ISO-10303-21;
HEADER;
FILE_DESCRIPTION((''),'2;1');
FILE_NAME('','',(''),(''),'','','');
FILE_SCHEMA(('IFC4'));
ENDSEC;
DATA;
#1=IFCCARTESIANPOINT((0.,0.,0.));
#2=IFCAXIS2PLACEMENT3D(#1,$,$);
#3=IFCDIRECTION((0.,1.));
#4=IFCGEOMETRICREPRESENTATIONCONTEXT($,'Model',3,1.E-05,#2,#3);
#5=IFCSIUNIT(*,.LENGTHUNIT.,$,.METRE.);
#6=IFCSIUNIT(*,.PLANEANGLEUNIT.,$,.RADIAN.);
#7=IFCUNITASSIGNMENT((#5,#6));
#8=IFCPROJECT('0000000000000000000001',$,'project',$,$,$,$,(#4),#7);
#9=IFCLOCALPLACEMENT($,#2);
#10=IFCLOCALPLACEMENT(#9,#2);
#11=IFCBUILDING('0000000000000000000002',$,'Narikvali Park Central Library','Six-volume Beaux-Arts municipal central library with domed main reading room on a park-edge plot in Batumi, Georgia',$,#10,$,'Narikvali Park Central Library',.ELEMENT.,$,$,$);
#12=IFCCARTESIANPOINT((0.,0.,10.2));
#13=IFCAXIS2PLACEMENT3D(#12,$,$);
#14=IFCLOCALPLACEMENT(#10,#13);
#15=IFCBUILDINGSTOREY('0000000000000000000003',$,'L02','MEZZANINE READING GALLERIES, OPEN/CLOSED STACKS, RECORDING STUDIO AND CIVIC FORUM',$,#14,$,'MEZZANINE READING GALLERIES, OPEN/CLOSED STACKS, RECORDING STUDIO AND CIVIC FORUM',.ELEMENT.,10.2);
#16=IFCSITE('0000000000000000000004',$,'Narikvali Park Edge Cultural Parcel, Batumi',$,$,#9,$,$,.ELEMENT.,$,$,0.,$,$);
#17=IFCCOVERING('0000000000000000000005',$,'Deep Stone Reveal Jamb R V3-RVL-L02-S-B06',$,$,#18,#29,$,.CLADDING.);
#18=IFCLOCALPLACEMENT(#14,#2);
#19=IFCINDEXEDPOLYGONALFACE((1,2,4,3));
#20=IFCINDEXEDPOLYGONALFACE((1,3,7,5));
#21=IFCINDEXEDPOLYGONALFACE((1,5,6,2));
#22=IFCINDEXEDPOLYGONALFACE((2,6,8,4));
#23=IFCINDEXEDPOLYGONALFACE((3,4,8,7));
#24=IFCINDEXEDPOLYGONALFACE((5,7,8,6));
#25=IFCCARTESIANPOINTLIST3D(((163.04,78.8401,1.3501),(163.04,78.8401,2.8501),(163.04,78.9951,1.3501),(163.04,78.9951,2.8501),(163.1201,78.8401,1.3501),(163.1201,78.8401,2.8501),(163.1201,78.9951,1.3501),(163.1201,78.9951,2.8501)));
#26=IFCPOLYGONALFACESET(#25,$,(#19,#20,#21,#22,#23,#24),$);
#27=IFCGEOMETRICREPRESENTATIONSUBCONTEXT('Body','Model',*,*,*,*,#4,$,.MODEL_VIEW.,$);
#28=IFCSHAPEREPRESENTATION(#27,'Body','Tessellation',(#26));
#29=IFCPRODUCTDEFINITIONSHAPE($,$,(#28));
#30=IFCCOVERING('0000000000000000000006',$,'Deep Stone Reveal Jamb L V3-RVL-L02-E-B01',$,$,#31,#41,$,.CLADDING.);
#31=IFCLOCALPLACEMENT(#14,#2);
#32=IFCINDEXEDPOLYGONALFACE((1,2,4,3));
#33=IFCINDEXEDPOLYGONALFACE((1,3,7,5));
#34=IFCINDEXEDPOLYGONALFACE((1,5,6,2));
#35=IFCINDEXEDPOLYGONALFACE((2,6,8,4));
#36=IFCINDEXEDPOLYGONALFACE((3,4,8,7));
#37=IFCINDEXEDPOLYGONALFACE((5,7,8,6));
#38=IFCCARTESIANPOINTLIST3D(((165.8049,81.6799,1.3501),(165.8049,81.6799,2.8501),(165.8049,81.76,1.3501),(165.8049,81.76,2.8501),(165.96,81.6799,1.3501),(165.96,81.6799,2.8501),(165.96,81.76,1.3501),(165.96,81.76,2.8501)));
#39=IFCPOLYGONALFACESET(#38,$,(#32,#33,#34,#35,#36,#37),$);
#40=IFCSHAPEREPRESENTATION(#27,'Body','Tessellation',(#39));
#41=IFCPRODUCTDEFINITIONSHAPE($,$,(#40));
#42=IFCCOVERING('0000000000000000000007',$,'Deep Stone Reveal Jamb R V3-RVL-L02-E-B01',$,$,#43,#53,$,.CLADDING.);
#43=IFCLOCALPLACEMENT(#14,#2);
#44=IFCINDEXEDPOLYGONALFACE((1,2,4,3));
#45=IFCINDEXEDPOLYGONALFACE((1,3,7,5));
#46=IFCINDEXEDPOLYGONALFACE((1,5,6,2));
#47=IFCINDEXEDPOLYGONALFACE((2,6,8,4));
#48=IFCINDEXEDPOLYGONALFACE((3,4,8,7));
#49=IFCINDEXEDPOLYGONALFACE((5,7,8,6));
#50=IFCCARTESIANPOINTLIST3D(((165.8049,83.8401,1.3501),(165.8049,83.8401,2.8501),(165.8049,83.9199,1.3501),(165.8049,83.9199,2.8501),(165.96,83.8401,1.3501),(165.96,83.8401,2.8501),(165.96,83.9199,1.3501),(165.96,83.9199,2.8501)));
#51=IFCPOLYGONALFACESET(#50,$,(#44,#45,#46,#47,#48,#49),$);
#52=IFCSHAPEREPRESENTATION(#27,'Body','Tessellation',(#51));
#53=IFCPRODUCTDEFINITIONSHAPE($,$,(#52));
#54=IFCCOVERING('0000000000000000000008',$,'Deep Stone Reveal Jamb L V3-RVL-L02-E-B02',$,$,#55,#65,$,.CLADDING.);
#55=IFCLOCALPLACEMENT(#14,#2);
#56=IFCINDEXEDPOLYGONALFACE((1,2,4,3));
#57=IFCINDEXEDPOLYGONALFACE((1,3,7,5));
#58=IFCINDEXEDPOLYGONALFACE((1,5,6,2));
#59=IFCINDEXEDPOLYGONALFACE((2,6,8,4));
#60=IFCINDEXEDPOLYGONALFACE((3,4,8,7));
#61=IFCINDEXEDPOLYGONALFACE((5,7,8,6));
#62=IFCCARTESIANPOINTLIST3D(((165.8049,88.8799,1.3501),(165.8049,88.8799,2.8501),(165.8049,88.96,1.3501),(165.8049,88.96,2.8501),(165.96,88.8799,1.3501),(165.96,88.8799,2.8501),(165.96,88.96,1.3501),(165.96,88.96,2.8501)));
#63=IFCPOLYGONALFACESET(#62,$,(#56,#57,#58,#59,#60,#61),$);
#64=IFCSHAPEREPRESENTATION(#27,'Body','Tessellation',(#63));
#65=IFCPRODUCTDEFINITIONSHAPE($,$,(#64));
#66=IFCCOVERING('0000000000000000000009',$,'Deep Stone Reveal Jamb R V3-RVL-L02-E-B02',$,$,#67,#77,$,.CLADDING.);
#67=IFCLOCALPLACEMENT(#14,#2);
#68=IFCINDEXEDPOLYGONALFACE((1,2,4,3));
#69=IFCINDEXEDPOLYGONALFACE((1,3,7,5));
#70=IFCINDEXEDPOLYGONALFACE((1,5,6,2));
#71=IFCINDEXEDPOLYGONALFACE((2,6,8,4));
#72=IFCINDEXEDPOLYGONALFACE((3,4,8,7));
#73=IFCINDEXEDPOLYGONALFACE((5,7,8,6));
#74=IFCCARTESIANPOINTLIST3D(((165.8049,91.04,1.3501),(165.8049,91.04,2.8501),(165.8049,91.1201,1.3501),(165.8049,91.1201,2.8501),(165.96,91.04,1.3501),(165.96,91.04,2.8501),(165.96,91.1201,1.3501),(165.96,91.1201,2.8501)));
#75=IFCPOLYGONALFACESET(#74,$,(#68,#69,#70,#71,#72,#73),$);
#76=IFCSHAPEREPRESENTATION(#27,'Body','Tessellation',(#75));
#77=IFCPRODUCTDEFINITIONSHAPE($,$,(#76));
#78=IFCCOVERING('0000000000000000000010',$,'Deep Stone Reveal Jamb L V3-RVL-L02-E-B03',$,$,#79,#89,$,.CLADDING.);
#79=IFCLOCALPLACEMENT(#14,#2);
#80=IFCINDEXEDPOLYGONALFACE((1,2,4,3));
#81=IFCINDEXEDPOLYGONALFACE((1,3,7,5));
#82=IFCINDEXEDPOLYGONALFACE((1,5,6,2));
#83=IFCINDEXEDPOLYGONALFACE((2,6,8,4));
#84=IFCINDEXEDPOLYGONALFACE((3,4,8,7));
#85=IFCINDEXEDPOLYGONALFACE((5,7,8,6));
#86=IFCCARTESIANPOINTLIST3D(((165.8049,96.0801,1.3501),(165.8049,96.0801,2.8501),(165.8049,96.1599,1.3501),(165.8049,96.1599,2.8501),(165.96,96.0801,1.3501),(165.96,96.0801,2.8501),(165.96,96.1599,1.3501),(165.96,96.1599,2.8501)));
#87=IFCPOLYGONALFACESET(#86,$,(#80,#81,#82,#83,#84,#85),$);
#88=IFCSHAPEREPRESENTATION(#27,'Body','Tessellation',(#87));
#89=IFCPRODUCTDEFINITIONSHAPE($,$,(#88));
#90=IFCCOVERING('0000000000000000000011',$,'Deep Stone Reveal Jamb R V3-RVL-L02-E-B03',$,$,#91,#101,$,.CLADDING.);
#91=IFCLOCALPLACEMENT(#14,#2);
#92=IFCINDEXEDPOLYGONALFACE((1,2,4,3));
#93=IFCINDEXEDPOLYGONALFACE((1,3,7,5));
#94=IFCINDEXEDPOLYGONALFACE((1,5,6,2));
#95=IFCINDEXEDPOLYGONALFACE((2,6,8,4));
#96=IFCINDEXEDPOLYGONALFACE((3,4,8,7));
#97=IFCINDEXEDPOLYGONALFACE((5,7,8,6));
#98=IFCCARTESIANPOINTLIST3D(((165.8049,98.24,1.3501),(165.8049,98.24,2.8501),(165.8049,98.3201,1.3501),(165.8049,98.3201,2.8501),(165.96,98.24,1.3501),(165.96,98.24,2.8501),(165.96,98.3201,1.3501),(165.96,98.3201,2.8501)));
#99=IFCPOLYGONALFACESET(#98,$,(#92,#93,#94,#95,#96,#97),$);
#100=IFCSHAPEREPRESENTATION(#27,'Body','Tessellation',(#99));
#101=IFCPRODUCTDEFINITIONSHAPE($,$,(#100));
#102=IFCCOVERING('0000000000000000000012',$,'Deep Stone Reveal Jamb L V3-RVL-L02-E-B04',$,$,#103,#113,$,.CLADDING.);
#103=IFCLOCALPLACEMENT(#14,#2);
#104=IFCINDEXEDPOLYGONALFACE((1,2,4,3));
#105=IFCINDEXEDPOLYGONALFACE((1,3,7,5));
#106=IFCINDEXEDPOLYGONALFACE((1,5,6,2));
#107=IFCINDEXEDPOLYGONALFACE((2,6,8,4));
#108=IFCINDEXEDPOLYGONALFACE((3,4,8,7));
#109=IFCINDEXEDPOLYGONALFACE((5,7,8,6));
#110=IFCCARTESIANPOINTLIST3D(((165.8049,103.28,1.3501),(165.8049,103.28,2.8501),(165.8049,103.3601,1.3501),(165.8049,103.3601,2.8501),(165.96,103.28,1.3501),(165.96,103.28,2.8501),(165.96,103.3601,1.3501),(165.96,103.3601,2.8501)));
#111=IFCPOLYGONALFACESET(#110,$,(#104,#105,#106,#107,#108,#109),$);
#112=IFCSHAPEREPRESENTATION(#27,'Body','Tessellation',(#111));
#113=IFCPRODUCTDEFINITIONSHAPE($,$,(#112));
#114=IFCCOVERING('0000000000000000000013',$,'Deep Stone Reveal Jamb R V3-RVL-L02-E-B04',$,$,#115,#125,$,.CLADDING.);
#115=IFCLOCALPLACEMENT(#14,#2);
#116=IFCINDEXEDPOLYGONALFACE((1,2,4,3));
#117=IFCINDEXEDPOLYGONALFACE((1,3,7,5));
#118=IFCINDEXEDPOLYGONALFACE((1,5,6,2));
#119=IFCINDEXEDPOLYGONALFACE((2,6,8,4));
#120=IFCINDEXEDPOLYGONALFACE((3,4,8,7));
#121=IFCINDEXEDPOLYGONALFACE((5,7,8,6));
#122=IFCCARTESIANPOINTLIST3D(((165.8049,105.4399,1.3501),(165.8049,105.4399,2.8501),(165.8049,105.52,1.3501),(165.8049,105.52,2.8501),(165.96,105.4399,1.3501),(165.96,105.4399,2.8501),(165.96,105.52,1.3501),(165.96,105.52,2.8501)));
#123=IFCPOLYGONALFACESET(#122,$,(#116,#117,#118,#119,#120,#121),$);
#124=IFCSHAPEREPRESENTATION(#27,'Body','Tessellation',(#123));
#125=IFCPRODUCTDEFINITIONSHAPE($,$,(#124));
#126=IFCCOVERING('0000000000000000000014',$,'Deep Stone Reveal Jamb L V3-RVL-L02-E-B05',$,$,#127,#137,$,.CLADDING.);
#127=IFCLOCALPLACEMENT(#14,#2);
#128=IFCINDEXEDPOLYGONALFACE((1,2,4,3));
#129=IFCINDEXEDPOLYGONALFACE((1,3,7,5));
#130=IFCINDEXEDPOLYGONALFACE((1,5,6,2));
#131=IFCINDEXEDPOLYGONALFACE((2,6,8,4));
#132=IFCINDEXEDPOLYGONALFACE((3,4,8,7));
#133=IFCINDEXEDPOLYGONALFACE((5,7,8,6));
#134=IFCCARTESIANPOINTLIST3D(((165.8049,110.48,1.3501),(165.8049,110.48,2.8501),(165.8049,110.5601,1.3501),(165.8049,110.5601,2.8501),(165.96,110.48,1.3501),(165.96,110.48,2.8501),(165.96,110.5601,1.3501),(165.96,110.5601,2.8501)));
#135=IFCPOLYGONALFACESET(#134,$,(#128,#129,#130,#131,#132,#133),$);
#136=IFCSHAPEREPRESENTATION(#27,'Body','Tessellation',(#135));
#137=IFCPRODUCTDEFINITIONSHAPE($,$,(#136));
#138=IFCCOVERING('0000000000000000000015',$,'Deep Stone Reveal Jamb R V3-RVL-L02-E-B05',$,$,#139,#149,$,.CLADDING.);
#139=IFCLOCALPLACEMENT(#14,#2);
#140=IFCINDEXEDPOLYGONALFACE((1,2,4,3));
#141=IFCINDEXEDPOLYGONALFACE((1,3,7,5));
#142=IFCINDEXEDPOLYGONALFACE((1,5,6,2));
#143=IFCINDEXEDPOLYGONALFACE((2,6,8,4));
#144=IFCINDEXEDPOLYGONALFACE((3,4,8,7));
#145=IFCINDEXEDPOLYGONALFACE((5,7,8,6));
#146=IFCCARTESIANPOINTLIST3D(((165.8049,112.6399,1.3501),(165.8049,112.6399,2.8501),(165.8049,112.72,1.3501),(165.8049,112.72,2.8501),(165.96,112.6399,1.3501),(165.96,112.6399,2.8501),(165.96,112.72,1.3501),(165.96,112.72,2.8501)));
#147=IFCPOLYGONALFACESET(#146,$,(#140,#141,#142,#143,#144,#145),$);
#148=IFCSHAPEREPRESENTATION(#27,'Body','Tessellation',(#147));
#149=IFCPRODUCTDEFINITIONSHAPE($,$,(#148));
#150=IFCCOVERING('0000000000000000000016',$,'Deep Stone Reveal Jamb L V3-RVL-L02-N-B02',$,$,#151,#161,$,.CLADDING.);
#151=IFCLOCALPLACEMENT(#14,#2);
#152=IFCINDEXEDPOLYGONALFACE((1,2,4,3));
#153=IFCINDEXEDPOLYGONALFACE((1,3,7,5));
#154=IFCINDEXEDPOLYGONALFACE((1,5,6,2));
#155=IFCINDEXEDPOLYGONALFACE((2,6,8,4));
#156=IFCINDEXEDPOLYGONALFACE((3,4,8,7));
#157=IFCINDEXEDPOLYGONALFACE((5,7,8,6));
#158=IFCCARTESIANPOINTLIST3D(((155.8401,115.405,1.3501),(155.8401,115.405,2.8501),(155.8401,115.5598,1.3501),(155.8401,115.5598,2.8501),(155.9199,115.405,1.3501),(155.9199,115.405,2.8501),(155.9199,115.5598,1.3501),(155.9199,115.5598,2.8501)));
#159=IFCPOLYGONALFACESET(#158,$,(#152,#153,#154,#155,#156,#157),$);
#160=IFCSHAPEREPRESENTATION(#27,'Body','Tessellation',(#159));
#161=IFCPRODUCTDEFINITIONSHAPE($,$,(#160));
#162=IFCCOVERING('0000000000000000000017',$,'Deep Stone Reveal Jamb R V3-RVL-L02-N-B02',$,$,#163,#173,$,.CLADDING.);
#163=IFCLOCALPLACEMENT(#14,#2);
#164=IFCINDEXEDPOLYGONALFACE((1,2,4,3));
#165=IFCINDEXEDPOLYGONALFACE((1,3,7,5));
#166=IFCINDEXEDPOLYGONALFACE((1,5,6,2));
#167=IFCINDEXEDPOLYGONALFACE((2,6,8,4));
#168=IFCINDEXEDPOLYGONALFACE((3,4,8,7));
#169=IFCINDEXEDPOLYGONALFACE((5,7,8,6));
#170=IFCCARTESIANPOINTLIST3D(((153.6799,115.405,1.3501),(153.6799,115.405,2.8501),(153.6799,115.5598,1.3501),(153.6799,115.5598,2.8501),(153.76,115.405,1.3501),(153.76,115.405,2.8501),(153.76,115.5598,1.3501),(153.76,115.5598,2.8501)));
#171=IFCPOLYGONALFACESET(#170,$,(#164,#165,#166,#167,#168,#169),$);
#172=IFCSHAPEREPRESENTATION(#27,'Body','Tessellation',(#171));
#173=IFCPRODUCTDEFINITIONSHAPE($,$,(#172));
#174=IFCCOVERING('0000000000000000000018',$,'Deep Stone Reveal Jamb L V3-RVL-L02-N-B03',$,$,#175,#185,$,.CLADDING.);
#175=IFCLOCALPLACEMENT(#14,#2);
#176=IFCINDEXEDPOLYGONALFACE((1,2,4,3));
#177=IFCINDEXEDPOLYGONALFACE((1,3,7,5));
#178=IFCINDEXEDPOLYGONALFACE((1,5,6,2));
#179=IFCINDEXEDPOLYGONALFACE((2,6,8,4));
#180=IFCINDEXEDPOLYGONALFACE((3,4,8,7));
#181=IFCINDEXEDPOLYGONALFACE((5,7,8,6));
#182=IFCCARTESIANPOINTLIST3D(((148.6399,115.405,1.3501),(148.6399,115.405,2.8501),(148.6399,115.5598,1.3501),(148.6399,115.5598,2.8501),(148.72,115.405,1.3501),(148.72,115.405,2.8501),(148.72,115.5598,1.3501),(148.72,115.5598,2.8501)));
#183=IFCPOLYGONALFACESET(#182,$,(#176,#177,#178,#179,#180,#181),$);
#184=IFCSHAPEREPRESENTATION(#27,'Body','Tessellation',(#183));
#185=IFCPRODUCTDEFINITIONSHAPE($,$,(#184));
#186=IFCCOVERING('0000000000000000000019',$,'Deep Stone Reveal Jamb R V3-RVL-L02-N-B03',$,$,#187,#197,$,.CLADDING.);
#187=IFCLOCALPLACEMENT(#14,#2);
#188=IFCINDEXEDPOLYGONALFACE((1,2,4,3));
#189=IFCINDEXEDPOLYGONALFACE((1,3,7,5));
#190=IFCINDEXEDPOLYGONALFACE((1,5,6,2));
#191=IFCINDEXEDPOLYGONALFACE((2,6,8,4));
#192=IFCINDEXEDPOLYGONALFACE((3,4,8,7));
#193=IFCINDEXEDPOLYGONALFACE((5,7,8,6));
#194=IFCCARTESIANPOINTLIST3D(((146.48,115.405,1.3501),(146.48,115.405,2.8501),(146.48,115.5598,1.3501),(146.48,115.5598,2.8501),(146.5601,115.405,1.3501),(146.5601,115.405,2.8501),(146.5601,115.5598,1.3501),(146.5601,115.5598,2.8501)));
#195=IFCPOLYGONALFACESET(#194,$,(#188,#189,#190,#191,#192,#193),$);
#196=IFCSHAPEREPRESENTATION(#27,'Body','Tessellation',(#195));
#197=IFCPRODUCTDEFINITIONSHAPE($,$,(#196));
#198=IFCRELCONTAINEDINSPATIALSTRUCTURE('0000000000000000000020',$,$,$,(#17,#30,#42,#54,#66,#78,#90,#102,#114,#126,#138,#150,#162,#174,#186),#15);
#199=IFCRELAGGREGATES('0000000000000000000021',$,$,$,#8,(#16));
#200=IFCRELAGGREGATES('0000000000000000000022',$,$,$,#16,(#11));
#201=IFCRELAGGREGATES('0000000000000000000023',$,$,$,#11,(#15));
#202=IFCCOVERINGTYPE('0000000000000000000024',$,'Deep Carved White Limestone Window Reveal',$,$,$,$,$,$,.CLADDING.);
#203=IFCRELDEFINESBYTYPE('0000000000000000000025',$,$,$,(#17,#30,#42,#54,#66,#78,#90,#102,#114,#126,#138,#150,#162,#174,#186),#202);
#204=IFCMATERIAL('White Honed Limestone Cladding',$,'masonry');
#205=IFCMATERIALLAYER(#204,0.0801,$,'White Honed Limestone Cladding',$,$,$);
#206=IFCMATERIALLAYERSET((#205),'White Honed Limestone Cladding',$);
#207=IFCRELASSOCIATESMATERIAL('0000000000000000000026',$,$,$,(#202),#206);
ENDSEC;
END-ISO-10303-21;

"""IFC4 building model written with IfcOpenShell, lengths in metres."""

from ifc_helpers import new_model, si_unit, direction, frame, origin, place, context, subcontext, project, spatial, polyline, outline, extrude, material, layer, layer_set, type_object, element, save


model = new_model("IFC4")

# Units and contexts
model_context = context("Model", 3, precision=1e-05, world=origin(), true_north=direction((0.0, 1.0)))
body_context = subcontext(model_context, "Body", "Model", "MODEL_VIEW")
ifc_project = project(units=[si_unit("LENGTHUNIT", "METRE"), si_unit("PLANEANGLEUNIT", "RADIAN")], contexts=[model_context])

# Site, building, storey
site_placement = place(None, origin())
site = spatial("IfcSite", under=ifc_project, at=site_placement, Name="Narikvali Park Edge Cultural Parcel, Batumi", CompositionType="ELEMENT", RefElevation=0.0)
building_placement = place(site_placement, origin())
building = spatial("IfcBuilding", under=site, at=building_placement, Name="Narikvali Park Central Library", Description="Six-volume Beaux-Arts municipal central library with domed main reading room on a park-edge plot in Batumi, Georgia", LongName="Narikvali Park Central Library", CompositionType="ELEMENT")
storey_placement = place(building_placement, frame((0.0, 0.0, 10.2)))
storey = spatial("IfcBuildingStorey", under=building, at=storey_placement, Name="L02", Description="MEZZANINE READING GALLERIES, OPEN/CLOSED STACKS, RECORDING STUDIO AND CIVIC FORUM", LongName="MEZZANINE READING GALLERIES, OPEN/CLOSED STACKS, RECORDING STUDIO AND CIVIC FORUM", CompositionType="ELEMENT", Elevation=10.2)

# Coverings
ifc_material = material(Name="White Honed Limestone Cladding", Category="masonry")
ifc_layer = layer(ifc_material, 0.0801, Name="White Honed Limestone Cladding")
ifc_layer_set = layer_set([ifc_layer], Name="White Honed Limestone Cladding")
covering_type = type_object("IfcCoveringType", Name="Deep Carved White Limestone Window Reveal", PredefinedType="CLADDING", material=ifc_layer_set)
covering_1_placement = place(storey_placement, frame((0.0, 0.0, 1.3501)))
element("IfcCovering", 1, at=covering_1_placement, inside=storey, type_object=covering_type, Name="Deep Stone Reveal Jamb R V3-RVL-L02-S-B06", PredefinedType="CLADDING", context=body_context, shape_type="SweptSolid", body=[
    extrude(outline(polyline([(163.04, 78.9951), (163.1201, 78.9951), (163.1201, 78.8401), (163.04, 78.8401), (163.04, 78.9951)])), origin(), (0.0, 0.0, 1.0), 1.5),
])
covering_2_placement = place(storey_placement, frame((0.0, 0.0, 1.3501)))
element("IfcCovering", 2, at=covering_2_placement, inside=storey, type_object=covering_type, Name="Deep Stone Reveal Jamb L V3-RVL-L02-E-B01", PredefinedType="CLADDING", context=body_context, shape_type="SweptSolid", body=[
    extrude(outline(polyline([(165.8049, 81.6799), (165.8049, 81.76), (165.96, 81.76), (165.96, 81.6799), (165.8049, 81.6799)])), origin(), (0.0, 0.0, 1.0), 1.5),
])
covering_3_placement = place(storey_placement, frame((0.0, 0.0, 1.3501)))
element("IfcCovering", 3, at=covering_3_placement, inside=storey, type_object=covering_type, Name="Deep Stone Reveal Jamb R V3-RVL-L02-E-B01", PredefinedType="CLADDING", context=body_context, shape_type="SweptSolid", body=[
    extrude(outline(polyline([(165.8049, 83.8401), (165.8049, 83.9199), (165.96, 83.9199), (165.96, 83.8401), (165.8049, 83.8401)])), origin(), (0.0, 0.0, 1.0), 1.5),
])
covering_4_placement = place(storey_placement, frame((0.0, 0.0, 1.3501)))
element("IfcCovering", 4, at=covering_4_placement, inside=storey, type_object=covering_type, Name="Deep Stone Reveal Jamb L V3-RVL-L02-E-B02", PredefinedType="CLADDING", context=body_context, shape_type="SweptSolid", body=[
    extrude(outline(polyline([(165.8049, 88.8799), (165.8049, 88.96), (165.96, 88.96), (165.96, 88.8799), (165.8049, 88.8799)])), origin(), (0.0, 0.0, 1.0), 1.5),
])
covering_5_placement = place(storey_placement, frame((0.0, 0.0, 1.3501)))
element("IfcCovering", 5, at=covering_5_placement, inside=storey, type_object=covering_type, Name="Deep Stone Reveal Jamb R V3-RVL-L02-E-B02", PredefinedType="CLADDING", context=body_context, shape_type="SweptSolid", body=[
    extrude(outline(polyline([(165.8049, 91.04), (165.8049, 91.1201), (165.96, 91.1201), (165.96, 91.04), (165.8049, 91.04)])), origin(), (0.0, 0.0, 1.0), 1.5),
])
covering_6_placement = place(storey_placement, frame((0.0, 0.0, 1.3501)))
element("IfcCovering", 6, at=covering_6_placement, inside=storey, type_object=covering_type, Name="Deep Stone Reveal Jamb L V3-RVL-L02-E-B03", PredefinedType="CLADDING", context=body_context, shape_type="SweptSolid", body=[
    extrude(outline(polyline([(165.8049, 96.0801), (165.8049, 96.1599), (165.96, 96.1599), (165.96, 96.0801), (165.8049, 96.0801)])), origin(), (0.0, 0.0, 1.0), 1.5),
])
covering_7_placement = place(storey_placement, frame((0.0, 0.0, 1.3501)))
element("IfcCovering", 7, at=covering_7_placement, inside=storey, type_object=covering_type, Name="Deep Stone Reveal Jamb R V3-RVL-L02-E-B03", PredefinedType="CLADDING", context=body_context, shape_type="SweptSolid", body=[
    extrude(outline(polyline([(165.8049, 98.24), (165.8049, 98.3201), (165.96, 98.3201), (165.96, 98.24), (165.8049, 98.24)])), origin(), (0.0, 0.0, 1.0), 1.5),
])
covering_8_placement = place(storey_placement, frame((0.0, 0.0, 1.3501)))
element("IfcCovering", 8, at=covering_8_placement, inside=storey, type_object=covering_type, Name="Deep Stone Reveal Jamb L V3-RVL-L02-E-B04", PredefinedType="CLADDING", context=body_context, shape_type="SweptSolid", body=[
    extrude(outline(polyline([(165.8049, 103.28), (165.8049, 103.3601), (165.96, 103.3601), (165.96, 103.28), (165.8049, 103.28)])), origin(), (0.0, 0.0, 1.0), 1.5),
])
covering_9_placement = place(storey_placement, frame((0.0, 0.0, 1.3501)))
element("IfcCovering", 9, at=covering_9_placement, inside=storey, type_object=covering_type, Name="Deep Stone Reveal Jamb R V3-RVL-L02-E-B04", PredefinedType="CLADDING", context=body_context, shape_type="SweptSolid", body=[
    extrude(outline(polyline([(165.8049, 105.4399), (165.8049, 105.52), (165.96, 105.52), (165.96, 105.4399), (165.8049, 105.4399)])), origin(), (0.0, 0.0, 1.0), 1.5),
])
covering_10_placement = place(storey_placement, frame((0.0, 0.0, 1.3501)))
element("IfcCovering", 10, at=covering_10_placement, inside=storey, type_object=covering_type, Name="Deep Stone Reveal Jamb L V3-RVL-L02-E-B05", PredefinedType="CLADDING", context=body_context, shape_type="SweptSolid", body=[
    extrude(outline(polyline([(165.8049, 110.48), (165.8049, 110.5601), (165.96, 110.5601), (165.96, 110.48), (165.8049, 110.48)])), origin(), (0.0, 0.0, 1.0), 1.5),
])
covering_11_placement = place(storey_placement, frame((0.0, 0.0, 1.3501)))
element("IfcCovering", 11, at=covering_11_placement, inside=storey, type_object=covering_type, Name="Deep Stone Reveal Jamb R V3-RVL-L02-E-B05", PredefinedType="CLADDING", context=body_context, shape_type="SweptSolid", body=[
    extrude(outline(polyline([(165.8049, 112.6399), (165.8049, 112.72), (165.96, 112.72), (165.96, 112.6399), (165.8049, 112.6399)])), origin(), (0.0, 0.0, 1.0), 1.5),
])
covering_12_placement = place(storey_placement, frame((0.0, 0.0, 1.3501)))
element("IfcCovering", 12, at=covering_12_placement, inside=storey, type_object=covering_type, Name="Deep Stone Reveal Jamb L V3-RVL-L02-N-B02", PredefinedType="CLADDING", context=body_context, shape_type="SweptSolid", body=[
    extrude(outline(polyline([(155.9199, 115.405), (155.8401, 115.405), (155.8401, 115.5598), (155.9199, 115.5598), (155.9199, 115.405)])), origin(), (0.0, 0.0, 1.0), 1.5),
])
covering_13_placement = place(storey_placement, frame((0.0, 0.0, 1.3501)))
element("IfcCovering", 13, at=covering_13_placement, inside=storey, type_object=covering_type, Name="Deep Stone Reveal Jamb R V3-RVL-L02-N-B02", PredefinedType="CLADDING", context=body_context, shape_type="SweptSolid", body=[
    extrude(outline(polyline([(153.76, 115.405), (153.6799, 115.405), (153.6799, 115.5598), (153.76, 115.5598), (153.76, 115.405)])), origin(), (0.0, 0.0, 1.0), 1.5),
])
covering_14_placement = place(storey_placement, frame((0.0, 0.0, 1.3501)))
element("IfcCovering", 14, at=covering_14_placement, inside=storey, type_object=covering_type, Name="Deep Stone Reveal Jamb L V3-RVL-L02-N-B03", PredefinedType="CLADDING", context=body_context, shape_type="SweptSolid", body=[
    extrude(outline(polyline([(148.72, 115.405), (148.6399, 115.405), (148.6399, 115.5598), (148.72, 115.5598), (148.72, 115.405)])), origin(), (0.0, 0.0, 1.0), 1.5),
])
covering_15_placement = place(storey_placement, frame((0.0, 0.0, 1.3501)))
element("IfcCovering", 15, at=covering_15_placement, inside=storey, type_object=covering_type, Name="Deep Stone Reveal Jamb R V3-RVL-L02-N-B03", PredefinedType="CLADDING", context=body_context, shape_type="SweptSolid", body=[
    extrude(outline(polyline([(146.5601, 115.405), (146.48, 115.405), (146.48, 115.5598), (146.5601, 115.5598), (146.5601, 115.405)])), origin(), (0.0, 0.0, 1.0), 1.5),
])

save(model, "model.ifc")
